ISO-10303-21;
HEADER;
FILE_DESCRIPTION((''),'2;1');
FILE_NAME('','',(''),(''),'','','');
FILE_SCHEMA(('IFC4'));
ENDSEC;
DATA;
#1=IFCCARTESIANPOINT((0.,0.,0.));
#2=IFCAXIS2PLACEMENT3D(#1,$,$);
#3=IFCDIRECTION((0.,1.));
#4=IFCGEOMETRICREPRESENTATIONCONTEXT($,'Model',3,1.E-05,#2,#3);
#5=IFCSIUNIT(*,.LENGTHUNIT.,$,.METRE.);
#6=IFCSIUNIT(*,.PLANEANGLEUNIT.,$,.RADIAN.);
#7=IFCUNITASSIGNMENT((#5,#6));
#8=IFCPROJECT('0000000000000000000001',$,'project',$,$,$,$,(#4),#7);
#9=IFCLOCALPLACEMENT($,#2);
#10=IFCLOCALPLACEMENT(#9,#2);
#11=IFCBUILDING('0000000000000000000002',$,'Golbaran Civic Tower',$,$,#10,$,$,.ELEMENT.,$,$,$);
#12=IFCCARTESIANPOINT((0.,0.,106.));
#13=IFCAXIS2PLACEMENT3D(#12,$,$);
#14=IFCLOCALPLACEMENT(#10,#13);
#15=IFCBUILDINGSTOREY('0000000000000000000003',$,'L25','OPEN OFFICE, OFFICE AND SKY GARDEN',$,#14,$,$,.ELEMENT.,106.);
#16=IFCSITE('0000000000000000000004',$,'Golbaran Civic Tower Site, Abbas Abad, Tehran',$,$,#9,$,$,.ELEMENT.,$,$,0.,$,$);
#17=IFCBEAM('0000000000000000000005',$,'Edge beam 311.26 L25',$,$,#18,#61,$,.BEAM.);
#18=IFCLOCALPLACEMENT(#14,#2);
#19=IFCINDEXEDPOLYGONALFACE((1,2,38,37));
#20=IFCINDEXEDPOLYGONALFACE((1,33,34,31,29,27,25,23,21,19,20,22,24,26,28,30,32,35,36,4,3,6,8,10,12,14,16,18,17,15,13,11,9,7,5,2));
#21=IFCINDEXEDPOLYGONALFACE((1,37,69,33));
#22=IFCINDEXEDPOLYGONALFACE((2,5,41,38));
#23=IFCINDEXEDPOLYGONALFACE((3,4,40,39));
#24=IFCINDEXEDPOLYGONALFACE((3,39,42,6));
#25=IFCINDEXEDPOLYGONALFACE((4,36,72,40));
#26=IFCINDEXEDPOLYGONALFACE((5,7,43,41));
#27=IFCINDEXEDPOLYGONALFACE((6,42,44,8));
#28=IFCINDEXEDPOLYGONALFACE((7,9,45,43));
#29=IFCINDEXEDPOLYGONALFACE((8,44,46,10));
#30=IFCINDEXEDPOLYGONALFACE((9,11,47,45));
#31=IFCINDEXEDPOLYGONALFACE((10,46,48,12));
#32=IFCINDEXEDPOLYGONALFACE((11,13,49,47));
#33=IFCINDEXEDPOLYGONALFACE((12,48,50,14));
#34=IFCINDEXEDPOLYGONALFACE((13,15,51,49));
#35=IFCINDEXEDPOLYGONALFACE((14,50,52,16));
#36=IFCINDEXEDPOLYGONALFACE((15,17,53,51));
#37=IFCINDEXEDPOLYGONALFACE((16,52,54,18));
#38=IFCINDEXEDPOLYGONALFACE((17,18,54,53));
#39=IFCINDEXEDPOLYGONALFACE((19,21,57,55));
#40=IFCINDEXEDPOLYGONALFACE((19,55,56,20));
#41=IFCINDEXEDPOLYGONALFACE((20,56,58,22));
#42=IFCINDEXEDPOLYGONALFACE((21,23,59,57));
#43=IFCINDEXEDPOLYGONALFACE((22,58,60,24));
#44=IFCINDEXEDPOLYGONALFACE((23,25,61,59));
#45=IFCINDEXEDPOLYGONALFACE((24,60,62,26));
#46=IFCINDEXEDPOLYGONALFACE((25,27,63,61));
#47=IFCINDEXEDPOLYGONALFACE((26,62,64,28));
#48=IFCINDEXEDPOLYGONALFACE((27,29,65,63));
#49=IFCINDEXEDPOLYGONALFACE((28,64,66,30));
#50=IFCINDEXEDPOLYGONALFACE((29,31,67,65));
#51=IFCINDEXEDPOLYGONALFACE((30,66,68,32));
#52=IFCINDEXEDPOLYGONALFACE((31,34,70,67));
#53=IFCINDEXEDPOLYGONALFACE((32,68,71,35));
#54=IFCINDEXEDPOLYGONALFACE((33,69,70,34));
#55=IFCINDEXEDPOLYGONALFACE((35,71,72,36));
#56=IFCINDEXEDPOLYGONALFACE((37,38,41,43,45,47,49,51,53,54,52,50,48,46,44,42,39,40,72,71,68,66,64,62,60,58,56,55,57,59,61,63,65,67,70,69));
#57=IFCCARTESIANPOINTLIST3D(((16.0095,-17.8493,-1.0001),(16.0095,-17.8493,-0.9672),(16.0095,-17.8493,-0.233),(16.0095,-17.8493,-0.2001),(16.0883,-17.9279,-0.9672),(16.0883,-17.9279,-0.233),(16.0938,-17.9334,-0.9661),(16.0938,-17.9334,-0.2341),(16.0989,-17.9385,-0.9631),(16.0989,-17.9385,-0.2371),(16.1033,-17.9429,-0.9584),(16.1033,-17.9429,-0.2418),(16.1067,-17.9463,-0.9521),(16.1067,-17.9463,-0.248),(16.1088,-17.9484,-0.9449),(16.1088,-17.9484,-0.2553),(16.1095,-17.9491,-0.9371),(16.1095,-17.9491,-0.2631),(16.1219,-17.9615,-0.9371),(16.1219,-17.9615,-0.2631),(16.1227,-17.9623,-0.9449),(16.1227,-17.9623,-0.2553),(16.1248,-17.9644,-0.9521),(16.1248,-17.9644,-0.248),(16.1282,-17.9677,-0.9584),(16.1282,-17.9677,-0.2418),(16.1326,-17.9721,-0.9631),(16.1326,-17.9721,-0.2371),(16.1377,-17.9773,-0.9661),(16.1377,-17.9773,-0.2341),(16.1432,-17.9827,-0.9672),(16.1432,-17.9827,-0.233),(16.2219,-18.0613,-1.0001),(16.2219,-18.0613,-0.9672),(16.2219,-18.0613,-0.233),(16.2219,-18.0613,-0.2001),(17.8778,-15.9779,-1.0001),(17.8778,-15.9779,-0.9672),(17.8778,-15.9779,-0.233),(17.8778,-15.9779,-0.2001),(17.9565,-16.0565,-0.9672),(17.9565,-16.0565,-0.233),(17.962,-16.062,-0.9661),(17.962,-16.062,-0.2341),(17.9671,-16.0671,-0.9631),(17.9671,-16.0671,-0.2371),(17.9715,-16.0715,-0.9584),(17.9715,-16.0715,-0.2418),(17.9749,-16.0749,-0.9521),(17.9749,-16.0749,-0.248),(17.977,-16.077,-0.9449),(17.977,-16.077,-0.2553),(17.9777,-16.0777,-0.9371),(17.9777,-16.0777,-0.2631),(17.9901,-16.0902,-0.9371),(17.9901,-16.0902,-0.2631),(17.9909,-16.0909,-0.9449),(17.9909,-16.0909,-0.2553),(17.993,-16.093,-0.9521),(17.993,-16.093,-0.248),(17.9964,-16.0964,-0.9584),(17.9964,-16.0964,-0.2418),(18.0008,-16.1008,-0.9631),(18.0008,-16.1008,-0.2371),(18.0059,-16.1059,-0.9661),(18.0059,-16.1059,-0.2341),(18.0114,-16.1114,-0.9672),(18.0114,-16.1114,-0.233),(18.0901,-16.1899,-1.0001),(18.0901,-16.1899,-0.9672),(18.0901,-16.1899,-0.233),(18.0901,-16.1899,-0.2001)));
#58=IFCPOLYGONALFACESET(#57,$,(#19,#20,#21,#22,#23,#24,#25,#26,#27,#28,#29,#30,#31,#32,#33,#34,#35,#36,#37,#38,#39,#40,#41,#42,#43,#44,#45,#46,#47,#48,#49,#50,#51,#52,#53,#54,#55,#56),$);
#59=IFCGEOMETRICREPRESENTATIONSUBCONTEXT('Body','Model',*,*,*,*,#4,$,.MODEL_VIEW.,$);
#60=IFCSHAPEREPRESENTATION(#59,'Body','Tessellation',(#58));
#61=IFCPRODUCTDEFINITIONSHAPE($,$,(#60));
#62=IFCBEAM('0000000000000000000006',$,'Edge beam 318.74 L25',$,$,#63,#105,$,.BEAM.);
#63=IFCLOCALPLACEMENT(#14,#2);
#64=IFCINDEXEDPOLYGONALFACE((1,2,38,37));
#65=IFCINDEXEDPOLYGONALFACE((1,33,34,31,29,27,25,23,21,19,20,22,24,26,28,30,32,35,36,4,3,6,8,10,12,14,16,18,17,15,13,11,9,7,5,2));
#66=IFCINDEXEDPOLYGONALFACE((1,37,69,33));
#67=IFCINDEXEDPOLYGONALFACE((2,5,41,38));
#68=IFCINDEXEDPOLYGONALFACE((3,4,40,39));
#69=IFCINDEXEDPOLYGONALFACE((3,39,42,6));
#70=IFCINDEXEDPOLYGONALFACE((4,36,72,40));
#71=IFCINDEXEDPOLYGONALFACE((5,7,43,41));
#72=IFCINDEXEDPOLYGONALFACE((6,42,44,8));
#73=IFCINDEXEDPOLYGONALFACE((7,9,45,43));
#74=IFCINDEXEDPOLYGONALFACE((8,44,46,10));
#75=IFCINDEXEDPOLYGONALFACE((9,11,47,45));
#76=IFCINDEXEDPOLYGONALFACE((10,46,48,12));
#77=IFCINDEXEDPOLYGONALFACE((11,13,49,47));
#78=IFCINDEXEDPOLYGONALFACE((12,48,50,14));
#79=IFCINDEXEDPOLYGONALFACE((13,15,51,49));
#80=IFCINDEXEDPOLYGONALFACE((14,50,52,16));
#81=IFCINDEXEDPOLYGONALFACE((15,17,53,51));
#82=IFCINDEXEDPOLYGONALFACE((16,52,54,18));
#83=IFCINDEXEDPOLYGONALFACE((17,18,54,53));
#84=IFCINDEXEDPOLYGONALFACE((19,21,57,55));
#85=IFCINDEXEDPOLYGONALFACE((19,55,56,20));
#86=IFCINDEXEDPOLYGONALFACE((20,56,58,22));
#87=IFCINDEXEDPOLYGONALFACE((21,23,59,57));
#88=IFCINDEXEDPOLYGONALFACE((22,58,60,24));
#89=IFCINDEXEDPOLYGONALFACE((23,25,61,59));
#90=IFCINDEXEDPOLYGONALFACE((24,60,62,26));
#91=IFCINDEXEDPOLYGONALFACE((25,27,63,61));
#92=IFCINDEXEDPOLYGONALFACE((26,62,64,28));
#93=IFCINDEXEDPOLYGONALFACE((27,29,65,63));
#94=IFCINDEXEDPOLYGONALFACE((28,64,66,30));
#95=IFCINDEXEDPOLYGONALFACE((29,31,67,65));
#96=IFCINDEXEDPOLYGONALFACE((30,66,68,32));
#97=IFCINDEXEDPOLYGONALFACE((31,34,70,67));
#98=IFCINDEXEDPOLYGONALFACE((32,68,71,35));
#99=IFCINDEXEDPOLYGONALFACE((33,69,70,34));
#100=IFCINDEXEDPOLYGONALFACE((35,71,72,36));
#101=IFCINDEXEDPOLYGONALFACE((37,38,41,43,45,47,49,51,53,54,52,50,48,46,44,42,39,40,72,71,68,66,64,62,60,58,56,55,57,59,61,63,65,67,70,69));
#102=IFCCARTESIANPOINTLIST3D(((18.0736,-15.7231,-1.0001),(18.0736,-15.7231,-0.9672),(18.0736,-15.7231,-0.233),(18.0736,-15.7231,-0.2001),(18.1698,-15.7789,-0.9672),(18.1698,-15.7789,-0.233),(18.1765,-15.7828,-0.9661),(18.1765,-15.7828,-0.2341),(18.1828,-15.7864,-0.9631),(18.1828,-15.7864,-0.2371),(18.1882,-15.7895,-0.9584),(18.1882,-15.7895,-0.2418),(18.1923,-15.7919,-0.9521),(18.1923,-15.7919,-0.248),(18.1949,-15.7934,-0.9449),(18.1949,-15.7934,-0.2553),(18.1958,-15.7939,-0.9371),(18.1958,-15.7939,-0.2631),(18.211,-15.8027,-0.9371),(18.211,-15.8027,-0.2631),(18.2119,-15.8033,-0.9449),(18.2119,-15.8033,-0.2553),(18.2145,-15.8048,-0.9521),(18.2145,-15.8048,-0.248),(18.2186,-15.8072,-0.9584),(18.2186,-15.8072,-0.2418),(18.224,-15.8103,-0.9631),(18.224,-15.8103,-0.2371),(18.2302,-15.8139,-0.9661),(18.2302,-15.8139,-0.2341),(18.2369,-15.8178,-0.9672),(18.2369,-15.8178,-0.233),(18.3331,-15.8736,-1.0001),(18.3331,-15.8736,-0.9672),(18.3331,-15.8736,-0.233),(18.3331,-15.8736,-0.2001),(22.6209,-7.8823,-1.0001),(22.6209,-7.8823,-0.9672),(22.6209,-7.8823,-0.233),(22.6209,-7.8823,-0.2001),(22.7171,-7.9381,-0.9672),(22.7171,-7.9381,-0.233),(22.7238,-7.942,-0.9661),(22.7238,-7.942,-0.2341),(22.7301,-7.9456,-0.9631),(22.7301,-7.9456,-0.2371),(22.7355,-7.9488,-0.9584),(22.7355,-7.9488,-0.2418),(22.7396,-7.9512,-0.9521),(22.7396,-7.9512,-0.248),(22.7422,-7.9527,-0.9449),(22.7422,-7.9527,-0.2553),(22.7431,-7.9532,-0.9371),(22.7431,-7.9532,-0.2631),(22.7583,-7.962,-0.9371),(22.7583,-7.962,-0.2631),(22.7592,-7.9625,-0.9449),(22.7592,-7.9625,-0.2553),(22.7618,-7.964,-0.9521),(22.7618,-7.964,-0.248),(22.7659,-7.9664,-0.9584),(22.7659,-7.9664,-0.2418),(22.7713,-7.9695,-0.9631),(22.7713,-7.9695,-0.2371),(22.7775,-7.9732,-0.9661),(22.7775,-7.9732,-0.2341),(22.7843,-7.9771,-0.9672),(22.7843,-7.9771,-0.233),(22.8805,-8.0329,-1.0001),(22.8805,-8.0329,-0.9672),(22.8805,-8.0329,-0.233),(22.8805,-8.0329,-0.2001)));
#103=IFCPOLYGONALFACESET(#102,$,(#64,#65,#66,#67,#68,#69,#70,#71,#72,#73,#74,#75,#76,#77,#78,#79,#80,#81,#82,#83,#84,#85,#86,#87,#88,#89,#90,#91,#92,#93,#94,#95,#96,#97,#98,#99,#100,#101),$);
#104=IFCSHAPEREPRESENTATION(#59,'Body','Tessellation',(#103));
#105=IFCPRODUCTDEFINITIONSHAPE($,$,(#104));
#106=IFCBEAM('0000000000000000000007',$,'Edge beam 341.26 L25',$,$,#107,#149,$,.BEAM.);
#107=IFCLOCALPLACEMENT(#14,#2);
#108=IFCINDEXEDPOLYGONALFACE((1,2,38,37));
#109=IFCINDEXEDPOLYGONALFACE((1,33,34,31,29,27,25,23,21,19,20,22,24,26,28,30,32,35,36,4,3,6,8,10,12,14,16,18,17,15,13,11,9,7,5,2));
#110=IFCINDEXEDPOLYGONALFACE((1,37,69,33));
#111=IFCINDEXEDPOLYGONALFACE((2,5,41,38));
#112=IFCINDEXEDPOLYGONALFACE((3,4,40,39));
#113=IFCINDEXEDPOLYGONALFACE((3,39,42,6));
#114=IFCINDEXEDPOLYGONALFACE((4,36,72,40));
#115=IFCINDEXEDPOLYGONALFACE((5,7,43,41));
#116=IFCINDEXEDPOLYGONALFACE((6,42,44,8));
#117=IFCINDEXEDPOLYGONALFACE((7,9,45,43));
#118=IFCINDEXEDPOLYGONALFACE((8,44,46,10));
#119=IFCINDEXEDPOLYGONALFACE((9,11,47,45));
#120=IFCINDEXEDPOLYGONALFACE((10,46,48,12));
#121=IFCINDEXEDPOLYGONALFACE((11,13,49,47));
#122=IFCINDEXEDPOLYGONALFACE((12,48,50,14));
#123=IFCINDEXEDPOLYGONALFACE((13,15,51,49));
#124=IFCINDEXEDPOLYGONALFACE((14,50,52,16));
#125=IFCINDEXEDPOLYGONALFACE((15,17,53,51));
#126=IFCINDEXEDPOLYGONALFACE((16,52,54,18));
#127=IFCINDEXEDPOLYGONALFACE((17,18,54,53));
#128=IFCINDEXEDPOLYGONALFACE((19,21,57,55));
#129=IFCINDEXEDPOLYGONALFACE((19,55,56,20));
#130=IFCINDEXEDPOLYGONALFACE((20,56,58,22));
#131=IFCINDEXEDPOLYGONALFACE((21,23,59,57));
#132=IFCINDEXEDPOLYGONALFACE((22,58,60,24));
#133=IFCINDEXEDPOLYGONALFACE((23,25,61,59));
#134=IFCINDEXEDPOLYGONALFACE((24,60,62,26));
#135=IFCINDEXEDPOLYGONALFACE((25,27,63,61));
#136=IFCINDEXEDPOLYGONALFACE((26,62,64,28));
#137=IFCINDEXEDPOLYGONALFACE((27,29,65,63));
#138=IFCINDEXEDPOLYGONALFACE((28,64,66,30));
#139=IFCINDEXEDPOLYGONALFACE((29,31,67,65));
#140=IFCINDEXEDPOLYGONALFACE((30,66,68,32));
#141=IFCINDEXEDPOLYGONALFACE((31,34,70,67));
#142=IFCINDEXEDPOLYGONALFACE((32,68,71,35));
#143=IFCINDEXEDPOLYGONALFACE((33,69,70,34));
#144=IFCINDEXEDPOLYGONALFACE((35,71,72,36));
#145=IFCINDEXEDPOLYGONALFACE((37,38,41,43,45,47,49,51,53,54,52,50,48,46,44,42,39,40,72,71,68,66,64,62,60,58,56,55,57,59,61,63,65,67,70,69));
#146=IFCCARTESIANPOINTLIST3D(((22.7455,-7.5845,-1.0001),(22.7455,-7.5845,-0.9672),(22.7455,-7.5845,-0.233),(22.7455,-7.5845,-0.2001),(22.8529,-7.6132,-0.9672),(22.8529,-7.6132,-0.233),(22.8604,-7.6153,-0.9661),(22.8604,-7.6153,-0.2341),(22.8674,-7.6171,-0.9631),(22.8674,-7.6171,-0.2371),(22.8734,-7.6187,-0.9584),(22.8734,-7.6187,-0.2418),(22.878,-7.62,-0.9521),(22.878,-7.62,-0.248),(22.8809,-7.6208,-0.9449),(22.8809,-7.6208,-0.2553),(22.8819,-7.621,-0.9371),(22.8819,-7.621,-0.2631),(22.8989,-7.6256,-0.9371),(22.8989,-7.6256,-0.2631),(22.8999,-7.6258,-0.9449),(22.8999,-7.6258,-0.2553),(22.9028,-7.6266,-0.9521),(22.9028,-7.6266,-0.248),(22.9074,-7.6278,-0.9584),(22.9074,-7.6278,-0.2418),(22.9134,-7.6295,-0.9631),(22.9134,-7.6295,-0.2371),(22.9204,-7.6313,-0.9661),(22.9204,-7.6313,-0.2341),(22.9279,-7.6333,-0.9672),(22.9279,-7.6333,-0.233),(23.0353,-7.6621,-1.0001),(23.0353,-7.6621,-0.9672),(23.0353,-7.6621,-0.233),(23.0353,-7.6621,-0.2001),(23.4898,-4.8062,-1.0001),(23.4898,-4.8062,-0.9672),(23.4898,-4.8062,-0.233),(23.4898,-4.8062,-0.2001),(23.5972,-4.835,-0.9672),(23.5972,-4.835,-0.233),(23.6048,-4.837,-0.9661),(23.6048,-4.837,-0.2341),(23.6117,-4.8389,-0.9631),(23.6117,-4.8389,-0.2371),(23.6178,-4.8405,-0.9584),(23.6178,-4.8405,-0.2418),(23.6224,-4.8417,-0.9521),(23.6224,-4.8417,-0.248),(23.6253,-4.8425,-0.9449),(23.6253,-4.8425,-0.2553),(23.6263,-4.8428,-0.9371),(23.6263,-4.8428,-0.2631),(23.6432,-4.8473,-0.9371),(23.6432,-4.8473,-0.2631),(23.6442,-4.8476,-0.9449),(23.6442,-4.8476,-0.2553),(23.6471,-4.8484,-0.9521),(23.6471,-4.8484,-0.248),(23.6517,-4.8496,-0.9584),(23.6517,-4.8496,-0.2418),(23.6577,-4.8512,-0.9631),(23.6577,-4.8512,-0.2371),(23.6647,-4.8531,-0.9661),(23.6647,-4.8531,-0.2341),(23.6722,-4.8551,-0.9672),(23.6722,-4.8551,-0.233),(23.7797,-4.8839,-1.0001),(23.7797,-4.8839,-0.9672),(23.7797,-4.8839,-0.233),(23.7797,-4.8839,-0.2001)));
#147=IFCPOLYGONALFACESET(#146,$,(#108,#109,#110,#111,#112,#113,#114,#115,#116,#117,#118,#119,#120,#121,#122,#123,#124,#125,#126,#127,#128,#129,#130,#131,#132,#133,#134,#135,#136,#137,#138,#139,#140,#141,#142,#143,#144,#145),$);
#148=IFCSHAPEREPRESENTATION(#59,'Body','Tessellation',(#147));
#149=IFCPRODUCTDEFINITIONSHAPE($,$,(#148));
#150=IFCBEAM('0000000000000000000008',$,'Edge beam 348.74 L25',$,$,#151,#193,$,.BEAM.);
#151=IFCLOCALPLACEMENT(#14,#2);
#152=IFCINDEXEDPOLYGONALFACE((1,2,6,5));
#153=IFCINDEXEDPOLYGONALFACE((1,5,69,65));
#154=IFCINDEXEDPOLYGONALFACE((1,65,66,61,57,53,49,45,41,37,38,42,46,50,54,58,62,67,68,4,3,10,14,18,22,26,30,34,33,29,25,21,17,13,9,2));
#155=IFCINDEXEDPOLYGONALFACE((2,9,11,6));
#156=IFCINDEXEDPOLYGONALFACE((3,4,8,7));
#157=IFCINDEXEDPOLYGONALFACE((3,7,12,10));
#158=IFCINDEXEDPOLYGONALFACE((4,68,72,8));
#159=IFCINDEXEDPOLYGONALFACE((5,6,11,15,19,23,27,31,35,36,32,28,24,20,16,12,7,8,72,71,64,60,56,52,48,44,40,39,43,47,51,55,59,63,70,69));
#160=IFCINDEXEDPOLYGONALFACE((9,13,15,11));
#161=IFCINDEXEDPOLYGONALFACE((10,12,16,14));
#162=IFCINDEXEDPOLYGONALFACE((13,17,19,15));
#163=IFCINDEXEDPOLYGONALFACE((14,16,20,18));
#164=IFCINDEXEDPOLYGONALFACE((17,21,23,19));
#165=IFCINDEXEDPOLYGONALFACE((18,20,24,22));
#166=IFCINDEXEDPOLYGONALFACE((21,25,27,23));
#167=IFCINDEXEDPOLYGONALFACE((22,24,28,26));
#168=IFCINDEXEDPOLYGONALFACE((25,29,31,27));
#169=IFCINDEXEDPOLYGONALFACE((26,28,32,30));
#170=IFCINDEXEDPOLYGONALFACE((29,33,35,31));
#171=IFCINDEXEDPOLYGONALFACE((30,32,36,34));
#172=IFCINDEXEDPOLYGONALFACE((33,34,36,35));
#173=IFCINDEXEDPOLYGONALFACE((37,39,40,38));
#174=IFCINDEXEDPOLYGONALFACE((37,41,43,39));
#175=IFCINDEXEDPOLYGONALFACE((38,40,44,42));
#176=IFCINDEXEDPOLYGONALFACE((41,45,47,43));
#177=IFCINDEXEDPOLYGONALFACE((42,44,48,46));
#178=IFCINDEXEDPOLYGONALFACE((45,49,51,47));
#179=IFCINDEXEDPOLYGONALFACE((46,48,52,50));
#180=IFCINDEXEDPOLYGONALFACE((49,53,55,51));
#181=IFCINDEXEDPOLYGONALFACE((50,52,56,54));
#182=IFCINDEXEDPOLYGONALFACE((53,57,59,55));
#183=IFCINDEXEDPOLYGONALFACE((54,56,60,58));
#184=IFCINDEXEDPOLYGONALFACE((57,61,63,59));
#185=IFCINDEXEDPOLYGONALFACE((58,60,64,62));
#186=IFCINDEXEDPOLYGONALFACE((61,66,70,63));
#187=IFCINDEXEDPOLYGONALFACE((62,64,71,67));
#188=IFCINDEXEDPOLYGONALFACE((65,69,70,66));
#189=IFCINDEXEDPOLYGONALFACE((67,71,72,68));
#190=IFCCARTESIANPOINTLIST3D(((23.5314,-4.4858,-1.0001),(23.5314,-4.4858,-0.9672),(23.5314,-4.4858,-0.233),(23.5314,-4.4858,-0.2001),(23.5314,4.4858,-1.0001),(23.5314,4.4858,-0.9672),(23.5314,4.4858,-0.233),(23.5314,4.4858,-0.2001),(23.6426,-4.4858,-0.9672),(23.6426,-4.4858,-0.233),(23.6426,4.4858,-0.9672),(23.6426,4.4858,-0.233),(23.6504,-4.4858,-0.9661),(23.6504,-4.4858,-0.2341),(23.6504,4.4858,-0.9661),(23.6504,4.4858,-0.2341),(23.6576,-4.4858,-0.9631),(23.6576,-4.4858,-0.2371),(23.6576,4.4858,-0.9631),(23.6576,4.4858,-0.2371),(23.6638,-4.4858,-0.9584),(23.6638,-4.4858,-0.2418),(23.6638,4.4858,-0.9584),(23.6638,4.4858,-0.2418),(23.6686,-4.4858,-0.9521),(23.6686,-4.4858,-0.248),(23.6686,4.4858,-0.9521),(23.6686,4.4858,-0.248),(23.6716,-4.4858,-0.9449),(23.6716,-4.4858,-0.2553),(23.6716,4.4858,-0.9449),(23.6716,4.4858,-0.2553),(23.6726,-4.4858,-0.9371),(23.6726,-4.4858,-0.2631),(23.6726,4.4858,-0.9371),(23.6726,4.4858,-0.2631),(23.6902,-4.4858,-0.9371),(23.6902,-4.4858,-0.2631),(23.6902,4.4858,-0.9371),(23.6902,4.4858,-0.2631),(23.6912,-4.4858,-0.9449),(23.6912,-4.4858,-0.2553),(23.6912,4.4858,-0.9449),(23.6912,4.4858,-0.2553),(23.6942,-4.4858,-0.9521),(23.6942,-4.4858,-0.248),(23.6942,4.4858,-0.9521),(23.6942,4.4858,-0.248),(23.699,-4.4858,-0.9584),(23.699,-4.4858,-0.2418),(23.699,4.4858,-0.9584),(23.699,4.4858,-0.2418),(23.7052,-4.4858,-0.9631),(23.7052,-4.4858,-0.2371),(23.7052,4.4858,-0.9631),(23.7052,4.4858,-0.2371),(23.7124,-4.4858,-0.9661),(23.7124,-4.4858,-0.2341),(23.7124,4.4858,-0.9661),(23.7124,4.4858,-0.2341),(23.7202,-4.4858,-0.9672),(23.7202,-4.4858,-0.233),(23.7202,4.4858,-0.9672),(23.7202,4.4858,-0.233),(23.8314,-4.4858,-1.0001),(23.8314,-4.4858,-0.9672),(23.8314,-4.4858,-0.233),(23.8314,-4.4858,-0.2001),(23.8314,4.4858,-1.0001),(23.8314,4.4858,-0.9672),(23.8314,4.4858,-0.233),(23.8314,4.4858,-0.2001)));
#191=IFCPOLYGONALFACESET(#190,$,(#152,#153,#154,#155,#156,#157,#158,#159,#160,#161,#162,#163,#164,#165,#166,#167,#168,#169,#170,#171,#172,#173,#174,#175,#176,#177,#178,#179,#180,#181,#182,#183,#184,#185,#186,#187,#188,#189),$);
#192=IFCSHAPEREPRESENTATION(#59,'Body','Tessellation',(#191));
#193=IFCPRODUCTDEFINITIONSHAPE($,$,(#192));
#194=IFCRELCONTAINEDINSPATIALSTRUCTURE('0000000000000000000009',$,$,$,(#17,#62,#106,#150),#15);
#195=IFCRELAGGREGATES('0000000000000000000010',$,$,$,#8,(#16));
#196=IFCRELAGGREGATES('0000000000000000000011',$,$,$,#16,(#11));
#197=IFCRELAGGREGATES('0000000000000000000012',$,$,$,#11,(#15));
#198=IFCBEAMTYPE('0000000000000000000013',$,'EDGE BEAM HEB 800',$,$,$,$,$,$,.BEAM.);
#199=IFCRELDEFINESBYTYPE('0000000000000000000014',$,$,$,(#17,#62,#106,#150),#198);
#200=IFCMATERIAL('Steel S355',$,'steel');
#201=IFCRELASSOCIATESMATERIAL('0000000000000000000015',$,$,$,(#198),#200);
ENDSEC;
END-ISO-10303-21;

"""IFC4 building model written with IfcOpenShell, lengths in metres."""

from ifc_helpers import new_model, si_unit, direction, frame, origin, origin_2d, place, context, subcontext, project, spatial, i_section, extrude, material, material_profile, profile_set, type_object, element, save


model = new_model("IFC4")

# Units and contexts
model_context = context("Model", 3, precision=1e-05, world=origin(), true_north=direction((0.0, 1.0)))
body_context = subcontext(model_context, "Body", "Model", "MODEL_VIEW")
ifc_project = project(units=[si_unit("LENGTHUNIT", "METRE"), si_unit("PLANEANGLEUNIT", "RADIAN")], contexts=[model_context])

# Site, building, storey
site_placement = place(None, origin())
site = spatial("IfcSite", under=ifc_project, at=site_placement, Name="Golbaran Civic Tower Site, Abbas Abad, Tehran", CompositionType="ELEMENT", RefElevation=0.0)
building_placement = place(site_placement, origin())
building = spatial("IfcBuilding", under=site, at=building_placement, Name="Golbaran Civic Tower", CompositionType="ELEMENT")
storey_placement = place(building_placement, frame((0.0, 0.0, 106.0)))
storey = spatial("IfcBuildingStorey", under=building, at=storey_placement, Name="L25", Description="OPEN OFFICE, OFFICE AND SKY GARDEN", CompositionType="ELEMENT", Elevation=106.0)

# Beams
ifc_material_1 = material(Name="Steel S355", Category="steel")
ifc_material_profile_1 = material_profile(ifc_material_1, i_section(OverallWidth=0.3, OverallDepth=0.8, WebThickness=0.0176, FlangeThickness=0.033, FilletRadius=0.03, at=origin_2d()), Name="HEB 800")
ifc_profile_set_1 = profile_set([ifc_material_profile_1], Name="Steel S355")
beam_type_1 = type_object("IfcBeamType", Name="EDGE BEAM HEB 800", PredefinedType="BEAM", material=ifc_profile_set_1)
beam_1_placement = place(storey_placement, frame((16.1157, -17.9553, -0.6001), z_axis=(0.706506, 0.707707, 0.0), x_axis=(-0.707707, 0.706506, 0.0)))
element("IfcBeam", 1, at=beam_1_placement, inside=storey, type_object=beam_type_1, Name="Edge beam 311.26 L25", PredefinedType="BEAM", context=body_context, shape_type="SweptSolid", body=[
    extrude(i_section(OverallWidth=0.3, OverallDepth=0.8, WebThickness=0.0176, FlangeThickness=0.033, FilletRadius=0.03, at=origin_2d()), origin(), (0.0, 0.0, 1.0), 2.6443),
])
beam_2_placement = place(storey_placement, frame((18.2034, -15.7983, -0.6001), z_axis=(0.501692, 0.865046, 0.0), x_axis=(-0.865046, 0.501692, 0.0)))
element("IfcBeam", 2, at=beam_2_placement, inside=storey, type_object=beam_type_1, Name="Edge beam 318.74 L25", PredefinedType="BEAM", context=body_context, shape_type="SweptSolid", body=[
    extrude(i_section(OverallWidth=0.3, OverallDepth=0.8, WebThickness=0.0176, FlangeThickness=0.033, FilletRadius=0.03, at=origin_2d()), origin(), (0.0, 0.0, 1.0), 9.064),
])
beam_3_placement = place(storey_placement, frame((22.8904, -7.6233, -0.6001), z_axis=(0.258798, 0.965931, 0.0), x_axis=(-0.965931, 0.258798, 0.0)))
element("IfcBeam", 3, at=beam_3_placement, inside=storey, type_object=beam_type_1, Name="Edge beam 341.26 L25", PredefinedType="BEAM", context=body_context, shape_type="SweptSolid", body=[
    extrude(i_section(OverallWidth=0.3, OverallDepth=0.8, WebThickness=0.0176, FlangeThickness=0.033, FilletRadius=0.03, at=origin_2d()), origin(), (0.0, 0.0, 1.0), 2.8762),
])
beam_4_placement = place(storey_placement, frame((23.6814, -4.4858, -0.6001), z_axis=(0.0, 1.0, 0.0), x_axis=(-1.0, 0.0, 0.0)))
element("IfcBeam", 4, at=beam_4_placement, inside=storey, type_object=beam_type_1, Name="Edge beam 348.74 L25", PredefinedType="BEAM", context=body_context, shape_type="SweptSolid", body=[
    extrude(i_section(OverallWidth=0.3, OverallDepth=0.8, WebThickness=0.0176, FlangeThickness=0.033, FilletRadius=0.03, at=origin_2d()), origin(), (0.0, 0.0, 1.0), 8.9717),
])

save(model, "model.ifc")
